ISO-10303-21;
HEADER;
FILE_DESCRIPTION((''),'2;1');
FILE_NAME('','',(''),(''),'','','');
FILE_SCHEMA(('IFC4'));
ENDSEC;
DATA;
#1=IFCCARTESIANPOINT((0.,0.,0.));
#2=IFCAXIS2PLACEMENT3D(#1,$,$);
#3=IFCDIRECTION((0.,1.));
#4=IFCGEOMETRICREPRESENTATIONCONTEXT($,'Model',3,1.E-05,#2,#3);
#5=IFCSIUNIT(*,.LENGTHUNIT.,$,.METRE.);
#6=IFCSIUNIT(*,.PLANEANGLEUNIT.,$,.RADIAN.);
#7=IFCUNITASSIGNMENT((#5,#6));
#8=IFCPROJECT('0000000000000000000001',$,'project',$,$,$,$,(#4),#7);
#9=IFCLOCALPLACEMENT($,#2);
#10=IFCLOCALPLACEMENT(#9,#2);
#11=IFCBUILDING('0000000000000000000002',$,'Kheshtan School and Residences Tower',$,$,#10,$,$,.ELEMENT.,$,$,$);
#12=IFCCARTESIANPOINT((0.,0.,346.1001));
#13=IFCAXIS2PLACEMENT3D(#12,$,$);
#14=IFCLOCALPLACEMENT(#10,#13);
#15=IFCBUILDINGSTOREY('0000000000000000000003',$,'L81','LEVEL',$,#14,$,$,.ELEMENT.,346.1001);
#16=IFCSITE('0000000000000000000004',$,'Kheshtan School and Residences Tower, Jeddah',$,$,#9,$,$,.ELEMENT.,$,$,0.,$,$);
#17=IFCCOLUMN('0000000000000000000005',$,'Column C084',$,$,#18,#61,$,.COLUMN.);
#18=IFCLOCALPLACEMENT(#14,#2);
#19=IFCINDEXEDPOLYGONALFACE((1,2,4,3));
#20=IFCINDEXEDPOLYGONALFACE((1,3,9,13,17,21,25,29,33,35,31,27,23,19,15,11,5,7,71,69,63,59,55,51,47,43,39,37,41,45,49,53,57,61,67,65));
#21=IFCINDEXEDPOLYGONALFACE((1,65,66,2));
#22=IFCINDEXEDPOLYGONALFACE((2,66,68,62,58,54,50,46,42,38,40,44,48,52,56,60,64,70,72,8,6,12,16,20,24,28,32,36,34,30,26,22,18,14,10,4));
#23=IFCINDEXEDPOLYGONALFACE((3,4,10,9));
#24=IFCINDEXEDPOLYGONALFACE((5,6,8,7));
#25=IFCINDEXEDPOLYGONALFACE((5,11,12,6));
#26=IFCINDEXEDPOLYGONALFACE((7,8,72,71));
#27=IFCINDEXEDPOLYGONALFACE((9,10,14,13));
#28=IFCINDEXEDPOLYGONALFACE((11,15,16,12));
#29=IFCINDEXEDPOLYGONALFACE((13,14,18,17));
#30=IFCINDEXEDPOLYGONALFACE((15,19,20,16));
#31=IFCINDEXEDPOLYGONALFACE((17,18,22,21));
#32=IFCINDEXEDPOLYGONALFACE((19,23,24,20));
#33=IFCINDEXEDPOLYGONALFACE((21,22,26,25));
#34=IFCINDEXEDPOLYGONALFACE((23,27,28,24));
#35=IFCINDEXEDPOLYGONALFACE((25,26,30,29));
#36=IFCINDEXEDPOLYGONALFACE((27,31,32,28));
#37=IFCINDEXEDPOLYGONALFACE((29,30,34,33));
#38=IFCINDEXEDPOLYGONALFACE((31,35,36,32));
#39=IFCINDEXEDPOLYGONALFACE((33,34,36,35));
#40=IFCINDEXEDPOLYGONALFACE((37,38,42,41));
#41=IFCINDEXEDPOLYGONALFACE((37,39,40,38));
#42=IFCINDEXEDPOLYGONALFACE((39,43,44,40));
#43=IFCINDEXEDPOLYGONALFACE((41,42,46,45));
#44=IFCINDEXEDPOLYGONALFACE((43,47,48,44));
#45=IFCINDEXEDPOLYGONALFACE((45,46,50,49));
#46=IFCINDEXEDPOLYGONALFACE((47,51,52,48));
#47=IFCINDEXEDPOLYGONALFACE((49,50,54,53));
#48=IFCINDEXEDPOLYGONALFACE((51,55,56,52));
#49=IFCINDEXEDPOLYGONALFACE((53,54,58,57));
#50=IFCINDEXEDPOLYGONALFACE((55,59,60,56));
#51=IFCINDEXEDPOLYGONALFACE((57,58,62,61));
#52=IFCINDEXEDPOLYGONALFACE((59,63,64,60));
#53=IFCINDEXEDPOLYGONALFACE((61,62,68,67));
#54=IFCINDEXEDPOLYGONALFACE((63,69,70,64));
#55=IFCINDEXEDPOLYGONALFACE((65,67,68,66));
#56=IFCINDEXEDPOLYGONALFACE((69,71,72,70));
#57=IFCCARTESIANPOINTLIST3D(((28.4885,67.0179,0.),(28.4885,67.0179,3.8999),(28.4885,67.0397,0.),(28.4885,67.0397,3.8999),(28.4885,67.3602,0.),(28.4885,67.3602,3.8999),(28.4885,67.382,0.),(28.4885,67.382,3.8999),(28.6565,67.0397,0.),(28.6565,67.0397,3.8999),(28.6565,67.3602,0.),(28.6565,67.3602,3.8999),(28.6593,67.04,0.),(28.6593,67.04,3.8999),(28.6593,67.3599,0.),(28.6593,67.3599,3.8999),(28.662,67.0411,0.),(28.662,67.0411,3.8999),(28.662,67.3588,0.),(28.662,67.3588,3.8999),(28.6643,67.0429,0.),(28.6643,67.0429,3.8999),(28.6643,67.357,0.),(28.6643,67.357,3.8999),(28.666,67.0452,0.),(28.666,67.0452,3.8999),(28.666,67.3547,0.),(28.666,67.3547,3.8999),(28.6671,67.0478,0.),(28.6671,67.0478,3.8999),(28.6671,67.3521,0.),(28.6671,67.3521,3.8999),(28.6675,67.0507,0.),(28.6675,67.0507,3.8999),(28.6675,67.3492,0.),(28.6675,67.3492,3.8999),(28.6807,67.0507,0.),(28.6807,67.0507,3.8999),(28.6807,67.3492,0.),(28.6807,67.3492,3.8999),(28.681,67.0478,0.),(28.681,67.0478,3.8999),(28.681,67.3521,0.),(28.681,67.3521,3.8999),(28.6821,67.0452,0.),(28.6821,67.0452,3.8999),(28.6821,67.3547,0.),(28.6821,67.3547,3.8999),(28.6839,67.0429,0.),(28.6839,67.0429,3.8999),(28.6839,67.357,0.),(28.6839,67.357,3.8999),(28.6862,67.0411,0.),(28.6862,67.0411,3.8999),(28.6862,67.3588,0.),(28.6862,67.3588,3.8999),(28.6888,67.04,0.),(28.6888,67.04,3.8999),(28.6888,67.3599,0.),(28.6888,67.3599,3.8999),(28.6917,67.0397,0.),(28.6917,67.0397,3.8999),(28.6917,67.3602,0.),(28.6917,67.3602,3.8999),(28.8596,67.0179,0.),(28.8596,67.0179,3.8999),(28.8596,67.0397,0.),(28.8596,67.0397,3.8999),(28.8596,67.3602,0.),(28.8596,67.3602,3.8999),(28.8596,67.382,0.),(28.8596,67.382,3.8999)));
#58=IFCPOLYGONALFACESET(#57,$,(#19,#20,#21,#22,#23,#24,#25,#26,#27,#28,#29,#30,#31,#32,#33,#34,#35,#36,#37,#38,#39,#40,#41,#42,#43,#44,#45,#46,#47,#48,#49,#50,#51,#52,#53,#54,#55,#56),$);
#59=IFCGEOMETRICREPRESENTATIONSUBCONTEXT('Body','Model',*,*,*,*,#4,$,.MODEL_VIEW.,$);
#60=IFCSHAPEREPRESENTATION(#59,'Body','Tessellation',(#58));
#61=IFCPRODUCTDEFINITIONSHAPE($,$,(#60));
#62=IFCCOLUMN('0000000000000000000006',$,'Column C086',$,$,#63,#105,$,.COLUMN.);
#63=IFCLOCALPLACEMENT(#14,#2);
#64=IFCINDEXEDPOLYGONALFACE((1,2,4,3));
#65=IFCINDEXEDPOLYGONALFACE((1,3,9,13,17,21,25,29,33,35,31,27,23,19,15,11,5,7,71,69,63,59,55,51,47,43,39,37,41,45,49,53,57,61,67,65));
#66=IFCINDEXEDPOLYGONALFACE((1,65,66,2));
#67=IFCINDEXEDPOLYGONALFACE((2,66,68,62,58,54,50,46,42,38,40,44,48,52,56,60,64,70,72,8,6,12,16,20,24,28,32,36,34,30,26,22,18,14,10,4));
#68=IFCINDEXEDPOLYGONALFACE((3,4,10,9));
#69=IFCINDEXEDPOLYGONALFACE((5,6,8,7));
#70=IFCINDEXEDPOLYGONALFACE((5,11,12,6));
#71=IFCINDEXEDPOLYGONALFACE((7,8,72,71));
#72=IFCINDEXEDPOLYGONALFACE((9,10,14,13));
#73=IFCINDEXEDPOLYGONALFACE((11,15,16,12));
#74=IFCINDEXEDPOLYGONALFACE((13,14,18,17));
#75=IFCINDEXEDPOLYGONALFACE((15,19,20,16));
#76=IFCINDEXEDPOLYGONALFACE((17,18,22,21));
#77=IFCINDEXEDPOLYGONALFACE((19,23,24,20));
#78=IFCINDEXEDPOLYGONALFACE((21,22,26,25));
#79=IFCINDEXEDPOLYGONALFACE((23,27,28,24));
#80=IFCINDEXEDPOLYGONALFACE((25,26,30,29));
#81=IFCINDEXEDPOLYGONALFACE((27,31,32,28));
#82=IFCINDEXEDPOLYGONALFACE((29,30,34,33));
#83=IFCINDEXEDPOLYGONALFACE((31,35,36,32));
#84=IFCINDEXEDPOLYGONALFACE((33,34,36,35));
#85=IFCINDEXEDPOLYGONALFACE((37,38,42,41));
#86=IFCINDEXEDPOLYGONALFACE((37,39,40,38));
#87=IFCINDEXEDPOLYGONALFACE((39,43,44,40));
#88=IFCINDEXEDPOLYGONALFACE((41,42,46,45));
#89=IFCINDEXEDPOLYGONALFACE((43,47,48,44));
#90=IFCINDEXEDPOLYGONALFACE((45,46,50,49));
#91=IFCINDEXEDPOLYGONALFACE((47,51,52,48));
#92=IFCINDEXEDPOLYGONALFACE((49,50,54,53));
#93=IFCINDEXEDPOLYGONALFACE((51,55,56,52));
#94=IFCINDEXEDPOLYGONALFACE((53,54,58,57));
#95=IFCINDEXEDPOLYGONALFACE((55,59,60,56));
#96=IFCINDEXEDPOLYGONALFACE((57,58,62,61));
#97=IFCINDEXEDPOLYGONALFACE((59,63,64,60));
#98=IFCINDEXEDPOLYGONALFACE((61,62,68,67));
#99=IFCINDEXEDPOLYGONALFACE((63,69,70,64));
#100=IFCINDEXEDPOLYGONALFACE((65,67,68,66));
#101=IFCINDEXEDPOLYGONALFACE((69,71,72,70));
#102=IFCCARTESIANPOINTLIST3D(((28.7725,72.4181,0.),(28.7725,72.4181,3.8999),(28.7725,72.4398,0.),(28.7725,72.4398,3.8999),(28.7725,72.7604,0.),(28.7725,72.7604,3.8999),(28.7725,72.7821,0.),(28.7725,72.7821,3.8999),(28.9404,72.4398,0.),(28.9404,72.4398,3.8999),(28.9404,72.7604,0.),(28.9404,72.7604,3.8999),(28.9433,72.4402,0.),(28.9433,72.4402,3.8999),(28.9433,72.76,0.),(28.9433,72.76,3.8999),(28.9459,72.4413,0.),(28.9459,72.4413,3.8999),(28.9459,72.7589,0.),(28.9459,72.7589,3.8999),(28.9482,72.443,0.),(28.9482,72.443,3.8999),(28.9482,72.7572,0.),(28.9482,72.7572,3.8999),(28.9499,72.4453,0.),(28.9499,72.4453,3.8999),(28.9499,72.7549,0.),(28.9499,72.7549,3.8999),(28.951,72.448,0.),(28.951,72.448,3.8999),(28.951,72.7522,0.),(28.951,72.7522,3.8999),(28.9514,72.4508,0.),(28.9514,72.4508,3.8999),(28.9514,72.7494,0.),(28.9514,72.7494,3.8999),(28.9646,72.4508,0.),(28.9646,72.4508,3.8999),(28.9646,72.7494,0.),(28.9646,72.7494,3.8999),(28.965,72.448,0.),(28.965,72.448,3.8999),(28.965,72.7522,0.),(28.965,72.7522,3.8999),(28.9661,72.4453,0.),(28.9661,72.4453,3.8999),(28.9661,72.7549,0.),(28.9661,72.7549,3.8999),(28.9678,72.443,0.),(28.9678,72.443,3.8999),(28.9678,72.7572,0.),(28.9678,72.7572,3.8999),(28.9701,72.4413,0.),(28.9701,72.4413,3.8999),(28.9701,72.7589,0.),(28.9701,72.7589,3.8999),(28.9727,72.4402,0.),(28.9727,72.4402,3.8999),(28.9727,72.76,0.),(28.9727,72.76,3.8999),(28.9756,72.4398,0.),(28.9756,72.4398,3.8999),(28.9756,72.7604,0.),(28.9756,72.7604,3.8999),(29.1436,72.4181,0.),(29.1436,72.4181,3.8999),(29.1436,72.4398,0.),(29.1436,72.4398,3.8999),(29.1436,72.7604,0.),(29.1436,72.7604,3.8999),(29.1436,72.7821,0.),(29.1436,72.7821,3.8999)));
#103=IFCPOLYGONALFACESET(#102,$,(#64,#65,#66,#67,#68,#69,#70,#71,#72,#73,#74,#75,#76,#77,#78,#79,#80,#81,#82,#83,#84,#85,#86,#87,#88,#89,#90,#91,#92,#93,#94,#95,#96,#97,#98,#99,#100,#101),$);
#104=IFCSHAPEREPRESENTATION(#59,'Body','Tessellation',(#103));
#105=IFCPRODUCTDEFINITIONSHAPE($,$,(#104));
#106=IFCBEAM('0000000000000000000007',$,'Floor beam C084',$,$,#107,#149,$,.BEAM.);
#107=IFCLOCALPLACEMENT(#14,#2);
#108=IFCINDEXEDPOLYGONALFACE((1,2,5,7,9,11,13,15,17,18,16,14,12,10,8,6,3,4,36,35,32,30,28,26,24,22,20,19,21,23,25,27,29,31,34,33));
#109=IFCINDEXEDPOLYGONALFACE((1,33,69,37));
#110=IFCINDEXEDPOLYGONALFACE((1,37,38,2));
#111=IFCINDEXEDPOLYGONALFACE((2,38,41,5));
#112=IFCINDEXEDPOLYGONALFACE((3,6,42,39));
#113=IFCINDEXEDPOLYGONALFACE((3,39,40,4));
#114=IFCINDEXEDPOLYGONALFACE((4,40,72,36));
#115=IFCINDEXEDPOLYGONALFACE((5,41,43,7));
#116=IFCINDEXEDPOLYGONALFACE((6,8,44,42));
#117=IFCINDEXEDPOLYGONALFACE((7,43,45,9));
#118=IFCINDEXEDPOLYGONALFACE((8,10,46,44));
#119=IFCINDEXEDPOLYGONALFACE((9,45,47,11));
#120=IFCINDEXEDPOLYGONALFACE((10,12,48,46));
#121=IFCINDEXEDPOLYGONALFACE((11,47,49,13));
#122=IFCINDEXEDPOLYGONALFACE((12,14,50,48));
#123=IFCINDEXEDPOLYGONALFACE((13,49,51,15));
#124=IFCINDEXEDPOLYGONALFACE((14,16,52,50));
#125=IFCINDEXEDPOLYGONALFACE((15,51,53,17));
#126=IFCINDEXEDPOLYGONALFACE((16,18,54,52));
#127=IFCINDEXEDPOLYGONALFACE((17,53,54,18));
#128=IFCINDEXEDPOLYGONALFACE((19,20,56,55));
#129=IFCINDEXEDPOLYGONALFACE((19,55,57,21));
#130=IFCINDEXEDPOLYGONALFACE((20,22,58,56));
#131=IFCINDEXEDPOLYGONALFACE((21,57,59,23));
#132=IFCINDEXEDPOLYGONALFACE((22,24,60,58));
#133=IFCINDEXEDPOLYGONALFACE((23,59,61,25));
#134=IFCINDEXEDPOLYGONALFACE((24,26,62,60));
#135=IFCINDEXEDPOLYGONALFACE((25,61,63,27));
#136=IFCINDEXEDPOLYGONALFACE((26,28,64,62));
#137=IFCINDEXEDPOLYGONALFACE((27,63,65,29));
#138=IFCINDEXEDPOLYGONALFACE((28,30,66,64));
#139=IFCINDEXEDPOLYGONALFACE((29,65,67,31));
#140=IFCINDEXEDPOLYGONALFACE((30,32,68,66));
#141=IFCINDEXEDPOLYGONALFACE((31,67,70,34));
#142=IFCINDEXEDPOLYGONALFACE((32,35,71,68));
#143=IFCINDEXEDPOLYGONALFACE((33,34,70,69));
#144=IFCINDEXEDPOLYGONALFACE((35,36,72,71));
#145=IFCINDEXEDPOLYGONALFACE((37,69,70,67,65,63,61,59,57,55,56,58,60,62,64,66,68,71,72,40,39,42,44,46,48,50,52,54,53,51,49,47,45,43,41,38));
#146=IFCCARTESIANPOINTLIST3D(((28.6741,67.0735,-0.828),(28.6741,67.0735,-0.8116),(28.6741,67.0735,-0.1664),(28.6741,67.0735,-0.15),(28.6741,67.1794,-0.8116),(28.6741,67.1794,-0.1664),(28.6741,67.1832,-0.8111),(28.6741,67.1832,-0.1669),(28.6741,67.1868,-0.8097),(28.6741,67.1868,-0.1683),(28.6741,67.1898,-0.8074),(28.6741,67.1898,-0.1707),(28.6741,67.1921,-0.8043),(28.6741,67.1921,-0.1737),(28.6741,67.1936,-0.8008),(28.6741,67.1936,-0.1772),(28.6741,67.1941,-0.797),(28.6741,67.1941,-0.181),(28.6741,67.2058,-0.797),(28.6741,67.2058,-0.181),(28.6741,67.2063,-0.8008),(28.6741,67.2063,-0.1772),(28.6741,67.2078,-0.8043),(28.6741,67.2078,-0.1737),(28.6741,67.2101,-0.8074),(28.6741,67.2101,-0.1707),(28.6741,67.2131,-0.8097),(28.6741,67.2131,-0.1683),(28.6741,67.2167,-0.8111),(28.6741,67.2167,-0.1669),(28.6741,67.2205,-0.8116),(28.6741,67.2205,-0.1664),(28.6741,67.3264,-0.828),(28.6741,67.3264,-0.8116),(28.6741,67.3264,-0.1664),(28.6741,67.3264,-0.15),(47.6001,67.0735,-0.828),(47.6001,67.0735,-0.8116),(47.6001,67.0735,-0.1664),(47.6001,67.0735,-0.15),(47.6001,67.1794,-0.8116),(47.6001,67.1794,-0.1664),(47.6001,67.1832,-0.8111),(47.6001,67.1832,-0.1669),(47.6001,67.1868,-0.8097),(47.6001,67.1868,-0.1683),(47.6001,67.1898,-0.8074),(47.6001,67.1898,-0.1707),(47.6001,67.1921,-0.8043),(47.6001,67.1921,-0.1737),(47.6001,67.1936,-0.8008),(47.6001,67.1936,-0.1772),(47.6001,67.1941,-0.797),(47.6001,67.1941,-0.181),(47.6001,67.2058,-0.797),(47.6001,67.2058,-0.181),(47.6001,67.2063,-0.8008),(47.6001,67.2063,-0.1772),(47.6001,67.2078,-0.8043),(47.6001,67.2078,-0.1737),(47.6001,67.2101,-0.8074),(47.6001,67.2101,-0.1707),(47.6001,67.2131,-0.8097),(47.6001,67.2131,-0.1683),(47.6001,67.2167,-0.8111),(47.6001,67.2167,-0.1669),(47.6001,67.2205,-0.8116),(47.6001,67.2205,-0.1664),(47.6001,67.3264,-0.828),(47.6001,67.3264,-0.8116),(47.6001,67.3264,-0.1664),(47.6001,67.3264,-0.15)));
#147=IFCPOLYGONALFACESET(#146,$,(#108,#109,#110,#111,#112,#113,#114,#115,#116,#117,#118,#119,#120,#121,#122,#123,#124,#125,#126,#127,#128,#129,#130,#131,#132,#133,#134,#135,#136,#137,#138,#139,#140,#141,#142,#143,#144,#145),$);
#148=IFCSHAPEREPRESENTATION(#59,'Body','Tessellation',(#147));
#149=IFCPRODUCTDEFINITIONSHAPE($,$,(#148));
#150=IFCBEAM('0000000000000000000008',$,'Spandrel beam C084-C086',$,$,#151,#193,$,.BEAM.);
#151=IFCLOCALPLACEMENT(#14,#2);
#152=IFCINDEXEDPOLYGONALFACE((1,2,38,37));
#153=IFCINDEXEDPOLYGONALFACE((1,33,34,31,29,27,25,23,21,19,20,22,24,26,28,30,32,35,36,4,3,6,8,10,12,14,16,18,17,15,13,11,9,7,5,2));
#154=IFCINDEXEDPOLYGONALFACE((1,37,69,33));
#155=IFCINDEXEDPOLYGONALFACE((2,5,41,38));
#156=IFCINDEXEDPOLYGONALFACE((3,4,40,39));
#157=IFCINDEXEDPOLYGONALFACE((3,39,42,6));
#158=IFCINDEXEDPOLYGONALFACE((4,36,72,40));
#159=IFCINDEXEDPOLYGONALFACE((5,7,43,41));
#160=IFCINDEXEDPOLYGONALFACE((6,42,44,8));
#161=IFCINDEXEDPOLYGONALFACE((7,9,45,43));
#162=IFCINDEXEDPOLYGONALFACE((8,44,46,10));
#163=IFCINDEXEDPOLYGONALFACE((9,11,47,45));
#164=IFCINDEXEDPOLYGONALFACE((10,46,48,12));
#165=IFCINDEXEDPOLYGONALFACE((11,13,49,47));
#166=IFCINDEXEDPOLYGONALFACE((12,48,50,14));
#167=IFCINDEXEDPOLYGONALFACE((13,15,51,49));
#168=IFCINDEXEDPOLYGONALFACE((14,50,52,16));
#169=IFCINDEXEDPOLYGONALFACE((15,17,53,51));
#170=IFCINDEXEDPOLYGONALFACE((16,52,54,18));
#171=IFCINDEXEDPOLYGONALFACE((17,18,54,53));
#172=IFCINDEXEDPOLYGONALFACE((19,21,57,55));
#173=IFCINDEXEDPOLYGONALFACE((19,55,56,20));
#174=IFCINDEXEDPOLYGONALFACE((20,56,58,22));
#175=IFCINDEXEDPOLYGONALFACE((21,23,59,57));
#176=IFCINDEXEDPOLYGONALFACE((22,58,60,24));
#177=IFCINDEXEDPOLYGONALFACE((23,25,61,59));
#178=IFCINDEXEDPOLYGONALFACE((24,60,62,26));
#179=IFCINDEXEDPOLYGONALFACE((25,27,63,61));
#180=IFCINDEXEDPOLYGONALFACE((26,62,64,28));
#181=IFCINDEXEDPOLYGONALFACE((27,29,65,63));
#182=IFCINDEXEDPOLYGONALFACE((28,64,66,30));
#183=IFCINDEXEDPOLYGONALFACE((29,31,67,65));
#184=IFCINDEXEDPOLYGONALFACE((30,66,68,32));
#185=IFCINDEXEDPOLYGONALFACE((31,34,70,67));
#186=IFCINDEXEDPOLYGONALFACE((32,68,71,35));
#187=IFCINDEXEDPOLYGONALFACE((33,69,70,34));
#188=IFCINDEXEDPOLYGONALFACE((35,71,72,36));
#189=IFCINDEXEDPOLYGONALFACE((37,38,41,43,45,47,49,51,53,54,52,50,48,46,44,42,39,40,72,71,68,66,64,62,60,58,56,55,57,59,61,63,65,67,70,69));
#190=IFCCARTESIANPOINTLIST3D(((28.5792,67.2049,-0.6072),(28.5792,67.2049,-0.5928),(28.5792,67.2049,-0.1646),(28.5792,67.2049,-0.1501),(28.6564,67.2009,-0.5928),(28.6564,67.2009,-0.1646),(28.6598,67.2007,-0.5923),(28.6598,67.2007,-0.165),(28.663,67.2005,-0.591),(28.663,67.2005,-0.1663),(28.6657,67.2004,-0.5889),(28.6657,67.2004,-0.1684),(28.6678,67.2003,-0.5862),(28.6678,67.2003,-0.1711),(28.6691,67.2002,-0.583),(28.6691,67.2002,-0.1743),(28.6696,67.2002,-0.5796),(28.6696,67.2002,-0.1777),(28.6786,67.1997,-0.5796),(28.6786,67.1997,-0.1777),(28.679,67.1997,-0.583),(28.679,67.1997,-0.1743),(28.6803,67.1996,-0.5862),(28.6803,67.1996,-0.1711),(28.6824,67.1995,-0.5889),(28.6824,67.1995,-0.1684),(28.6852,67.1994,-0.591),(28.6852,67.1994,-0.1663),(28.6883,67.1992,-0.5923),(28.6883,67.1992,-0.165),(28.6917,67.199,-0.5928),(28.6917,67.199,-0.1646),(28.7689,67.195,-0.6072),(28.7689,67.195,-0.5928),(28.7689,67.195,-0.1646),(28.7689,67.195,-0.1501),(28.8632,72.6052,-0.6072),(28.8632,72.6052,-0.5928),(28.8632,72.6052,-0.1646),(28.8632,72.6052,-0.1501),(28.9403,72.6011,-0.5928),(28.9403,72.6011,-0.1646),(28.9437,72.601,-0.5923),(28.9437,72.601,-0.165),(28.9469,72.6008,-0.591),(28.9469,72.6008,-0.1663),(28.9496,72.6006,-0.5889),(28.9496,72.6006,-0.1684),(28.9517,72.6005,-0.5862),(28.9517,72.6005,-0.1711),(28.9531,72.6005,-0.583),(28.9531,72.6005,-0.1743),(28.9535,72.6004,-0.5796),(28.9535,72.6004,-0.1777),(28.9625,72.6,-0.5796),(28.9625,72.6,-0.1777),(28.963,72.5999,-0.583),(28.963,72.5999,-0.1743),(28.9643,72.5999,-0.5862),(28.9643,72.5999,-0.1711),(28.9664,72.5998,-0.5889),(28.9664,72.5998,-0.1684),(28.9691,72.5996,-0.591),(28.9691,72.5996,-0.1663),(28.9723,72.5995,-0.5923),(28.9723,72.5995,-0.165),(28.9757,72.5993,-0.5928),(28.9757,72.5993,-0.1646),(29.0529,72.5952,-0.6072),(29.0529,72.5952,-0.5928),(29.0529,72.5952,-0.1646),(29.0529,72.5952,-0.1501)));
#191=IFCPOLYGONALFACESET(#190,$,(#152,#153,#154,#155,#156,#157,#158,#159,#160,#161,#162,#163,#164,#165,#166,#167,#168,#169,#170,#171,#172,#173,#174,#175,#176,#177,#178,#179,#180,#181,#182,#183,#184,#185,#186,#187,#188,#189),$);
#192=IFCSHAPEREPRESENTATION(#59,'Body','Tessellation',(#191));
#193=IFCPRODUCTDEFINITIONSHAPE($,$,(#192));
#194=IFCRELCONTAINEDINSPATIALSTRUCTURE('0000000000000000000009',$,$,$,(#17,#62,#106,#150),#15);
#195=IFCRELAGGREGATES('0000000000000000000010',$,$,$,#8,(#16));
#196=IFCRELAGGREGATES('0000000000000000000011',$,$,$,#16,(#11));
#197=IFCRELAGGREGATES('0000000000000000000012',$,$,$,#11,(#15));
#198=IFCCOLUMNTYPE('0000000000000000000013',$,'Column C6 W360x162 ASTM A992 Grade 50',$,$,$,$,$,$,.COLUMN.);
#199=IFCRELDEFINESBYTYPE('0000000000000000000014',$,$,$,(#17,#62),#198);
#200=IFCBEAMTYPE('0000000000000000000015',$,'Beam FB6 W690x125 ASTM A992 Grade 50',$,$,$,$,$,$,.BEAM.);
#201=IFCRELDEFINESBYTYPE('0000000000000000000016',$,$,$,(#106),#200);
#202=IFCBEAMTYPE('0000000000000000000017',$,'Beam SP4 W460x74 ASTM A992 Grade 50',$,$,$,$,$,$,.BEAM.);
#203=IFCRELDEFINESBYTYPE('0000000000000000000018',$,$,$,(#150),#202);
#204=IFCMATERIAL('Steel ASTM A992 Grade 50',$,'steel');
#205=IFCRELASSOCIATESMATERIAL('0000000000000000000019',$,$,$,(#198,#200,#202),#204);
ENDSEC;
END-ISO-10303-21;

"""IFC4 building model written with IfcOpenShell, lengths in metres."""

from ifc_helpers import new_model, si_unit, direction, frame, origin, origin_2d, place, context, subcontext, project, spatial, i_section, extrude, material, material_profile, profile_set, type_object, element, save


model = new_model("IFC4")

# Units and contexts
model_context = context("Model", 3, precision=1e-05, world=origin(), true_north=direction((0.0, 1.0)))
body_context = subcontext(model_context, "Body", "Model", "MODEL_VIEW")
ifc_project = project(units=[si_unit("LENGTHUNIT", "METRE"), si_unit("PLANEANGLEUNIT", "RADIAN")], contexts=[model_context])

# Site, building, storey
site_placement = place(None, origin())
site = spatial("IfcSite", under=ifc_project, at=site_placement, Name="Kheshtan School and Residences Tower, Jeddah", CompositionType="ELEMENT", RefElevation=0.0)
building_placement = place(site_placement, origin())
building = spatial("IfcBuilding", under=site, at=building_placement, Name="Kheshtan School and Residences Tower", CompositionType="ELEMENT")
storey_placement = place(building_placement, frame((0.0, 0.0, 346.1001)))
storey = spatial("IfcBuildingStorey", under=building, at=storey_placement, Name="L81", Description="LEVEL", CompositionType="ELEMENT", Elevation=346.1001)

# Columns
ifc_material_1 = material(Name="Steel ASTM A992 Grade 50", Category="steel")
ifc_material_profile_1 = material_profile(ifc_material_1, i_section(OverallWidth=0.3711, OverallDepth=0.364, WebThickness=0.0132, FlangeThickness=0.0217, FilletRadius=0.011, at=origin_2d()), Name="W360x162")
ifc_profile_set_1 = profile_set([ifc_material_profile_1], Name="Steel ASTM A992 Grade 50")
column_type = type_object("IfcColumnType", Name="Column C6 W360x162 ASTM A992 Grade 50", PredefinedType="COLUMN", material=ifc_profile_set_1)
for number, where, z_axis, x_axis, name in (
    (1, (28.6741, 67.2, 0.0), (0.0, 0.0, 1.0), (1.0, 0.0, 0.0), "Column C084"),
    (2, (28.958, 72.6001, 0.0), (0.0, 0.0, 1.0), (1.0, 0.0, 0.0), "Column C086"),
):
    element("IfcColumn", number, at=place(storey_placement, frame(where, z_axis=z_axis, x_axis=x_axis)), inside=storey, type_object=column_type, Name=name, PredefinedType="COLUMN", context=body_context, shape_type="SweptSolid", body=[
        extrude(i_section(OverallWidth=0.3711, OverallDepth=0.364, WebThickness=0.0132, FlangeThickness=0.0217, FilletRadius=0.011, at=origin_2d()), origin(), (0.0, 0.0, 1.0), 3.8999),
    ])

# Beams
ifc_material_profile_2 = material_profile(ifc_material_1, i_section(OverallWidth=0.2529, OverallDepth=0.678, WebThickness=0.0117, FlangeThickness=0.0164, FilletRadius=0.0146, at=origin_2d()), Name="W690x125")
ifc_profile_set_2 = profile_set([ifc_material_profile_2], Name="Steel ASTM A992 Grade 50")
beam_type_1 = type_object("IfcBeamType", Name="Beam FB6 W690x125 ASTM A992 Grade 50", PredefinedType="BEAM", material=ifc_profile_set_2)
beam_1_placement = place(storey_placement, frame((28.6741, 67.2, -0.489), z_axis=(1.0, 0.0, 0.0), x_axis=(0.0, 1.0, 0.0)))
element("IfcBeam", 3, at=beam_1_placement, inside=storey, type_object=beam_type_1, Name="Floor beam C084", PredefinedType="BEAM", context=body_context, shape_type="SweptSolid", body=[
    extrude(i_section(OverallWidth=0.2529, OverallDepth=0.678, WebThickness=0.0117, FlangeThickness=0.0164, FilletRadius=0.0146, at=origin_2d()), origin(), (0.0, 0.0, 1.0), 18.926),
])
ifc_material_profile_3 = material_profile(ifc_material_1, i_section(OverallWidth=0.1899, OverallDepth=0.457, WebThickness=0.009, FlangeThickness=0.0144, FilletRadius=0.0132, at=origin_2d()), Name="W460x74")
ifc_profile_set_3 = profile_set([ifc_material_profile_3], Name="Steel ASTM A992 Grade 50")
beam_type_2 = type_object("IfcBeamType", Name="Beam SP4 W460x74 ASTM A992 Grade 50", PredefinedType="BEAM", material=ifc_profile_set_3)
beam_2_placement = place(storey_placement, frame((28.6741, 67.2, -0.3787), z_axis=(0.052507, 0.998621, 0.0), x_axis=(-0.998621, 0.052507, 0.0)))
element("IfcBeam", 4, at=beam_2_placement, inside=storey, type_object=beam_type_2, Name="Spandrel beam C084-C086", PredefinedType="BEAM", context=body_context, shape_type="SweptSolid", body=[
    extrude(i_section(OverallWidth=0.1899, OverallDepth=0.457, WebThickness=0.009, FlangeThickness=0.0144, FilletRadius=0.0132, at=origin_2d()), origin(), (0.0, 0.0, 1.0), 5.4077),
])

save(model, "model.ifc")
